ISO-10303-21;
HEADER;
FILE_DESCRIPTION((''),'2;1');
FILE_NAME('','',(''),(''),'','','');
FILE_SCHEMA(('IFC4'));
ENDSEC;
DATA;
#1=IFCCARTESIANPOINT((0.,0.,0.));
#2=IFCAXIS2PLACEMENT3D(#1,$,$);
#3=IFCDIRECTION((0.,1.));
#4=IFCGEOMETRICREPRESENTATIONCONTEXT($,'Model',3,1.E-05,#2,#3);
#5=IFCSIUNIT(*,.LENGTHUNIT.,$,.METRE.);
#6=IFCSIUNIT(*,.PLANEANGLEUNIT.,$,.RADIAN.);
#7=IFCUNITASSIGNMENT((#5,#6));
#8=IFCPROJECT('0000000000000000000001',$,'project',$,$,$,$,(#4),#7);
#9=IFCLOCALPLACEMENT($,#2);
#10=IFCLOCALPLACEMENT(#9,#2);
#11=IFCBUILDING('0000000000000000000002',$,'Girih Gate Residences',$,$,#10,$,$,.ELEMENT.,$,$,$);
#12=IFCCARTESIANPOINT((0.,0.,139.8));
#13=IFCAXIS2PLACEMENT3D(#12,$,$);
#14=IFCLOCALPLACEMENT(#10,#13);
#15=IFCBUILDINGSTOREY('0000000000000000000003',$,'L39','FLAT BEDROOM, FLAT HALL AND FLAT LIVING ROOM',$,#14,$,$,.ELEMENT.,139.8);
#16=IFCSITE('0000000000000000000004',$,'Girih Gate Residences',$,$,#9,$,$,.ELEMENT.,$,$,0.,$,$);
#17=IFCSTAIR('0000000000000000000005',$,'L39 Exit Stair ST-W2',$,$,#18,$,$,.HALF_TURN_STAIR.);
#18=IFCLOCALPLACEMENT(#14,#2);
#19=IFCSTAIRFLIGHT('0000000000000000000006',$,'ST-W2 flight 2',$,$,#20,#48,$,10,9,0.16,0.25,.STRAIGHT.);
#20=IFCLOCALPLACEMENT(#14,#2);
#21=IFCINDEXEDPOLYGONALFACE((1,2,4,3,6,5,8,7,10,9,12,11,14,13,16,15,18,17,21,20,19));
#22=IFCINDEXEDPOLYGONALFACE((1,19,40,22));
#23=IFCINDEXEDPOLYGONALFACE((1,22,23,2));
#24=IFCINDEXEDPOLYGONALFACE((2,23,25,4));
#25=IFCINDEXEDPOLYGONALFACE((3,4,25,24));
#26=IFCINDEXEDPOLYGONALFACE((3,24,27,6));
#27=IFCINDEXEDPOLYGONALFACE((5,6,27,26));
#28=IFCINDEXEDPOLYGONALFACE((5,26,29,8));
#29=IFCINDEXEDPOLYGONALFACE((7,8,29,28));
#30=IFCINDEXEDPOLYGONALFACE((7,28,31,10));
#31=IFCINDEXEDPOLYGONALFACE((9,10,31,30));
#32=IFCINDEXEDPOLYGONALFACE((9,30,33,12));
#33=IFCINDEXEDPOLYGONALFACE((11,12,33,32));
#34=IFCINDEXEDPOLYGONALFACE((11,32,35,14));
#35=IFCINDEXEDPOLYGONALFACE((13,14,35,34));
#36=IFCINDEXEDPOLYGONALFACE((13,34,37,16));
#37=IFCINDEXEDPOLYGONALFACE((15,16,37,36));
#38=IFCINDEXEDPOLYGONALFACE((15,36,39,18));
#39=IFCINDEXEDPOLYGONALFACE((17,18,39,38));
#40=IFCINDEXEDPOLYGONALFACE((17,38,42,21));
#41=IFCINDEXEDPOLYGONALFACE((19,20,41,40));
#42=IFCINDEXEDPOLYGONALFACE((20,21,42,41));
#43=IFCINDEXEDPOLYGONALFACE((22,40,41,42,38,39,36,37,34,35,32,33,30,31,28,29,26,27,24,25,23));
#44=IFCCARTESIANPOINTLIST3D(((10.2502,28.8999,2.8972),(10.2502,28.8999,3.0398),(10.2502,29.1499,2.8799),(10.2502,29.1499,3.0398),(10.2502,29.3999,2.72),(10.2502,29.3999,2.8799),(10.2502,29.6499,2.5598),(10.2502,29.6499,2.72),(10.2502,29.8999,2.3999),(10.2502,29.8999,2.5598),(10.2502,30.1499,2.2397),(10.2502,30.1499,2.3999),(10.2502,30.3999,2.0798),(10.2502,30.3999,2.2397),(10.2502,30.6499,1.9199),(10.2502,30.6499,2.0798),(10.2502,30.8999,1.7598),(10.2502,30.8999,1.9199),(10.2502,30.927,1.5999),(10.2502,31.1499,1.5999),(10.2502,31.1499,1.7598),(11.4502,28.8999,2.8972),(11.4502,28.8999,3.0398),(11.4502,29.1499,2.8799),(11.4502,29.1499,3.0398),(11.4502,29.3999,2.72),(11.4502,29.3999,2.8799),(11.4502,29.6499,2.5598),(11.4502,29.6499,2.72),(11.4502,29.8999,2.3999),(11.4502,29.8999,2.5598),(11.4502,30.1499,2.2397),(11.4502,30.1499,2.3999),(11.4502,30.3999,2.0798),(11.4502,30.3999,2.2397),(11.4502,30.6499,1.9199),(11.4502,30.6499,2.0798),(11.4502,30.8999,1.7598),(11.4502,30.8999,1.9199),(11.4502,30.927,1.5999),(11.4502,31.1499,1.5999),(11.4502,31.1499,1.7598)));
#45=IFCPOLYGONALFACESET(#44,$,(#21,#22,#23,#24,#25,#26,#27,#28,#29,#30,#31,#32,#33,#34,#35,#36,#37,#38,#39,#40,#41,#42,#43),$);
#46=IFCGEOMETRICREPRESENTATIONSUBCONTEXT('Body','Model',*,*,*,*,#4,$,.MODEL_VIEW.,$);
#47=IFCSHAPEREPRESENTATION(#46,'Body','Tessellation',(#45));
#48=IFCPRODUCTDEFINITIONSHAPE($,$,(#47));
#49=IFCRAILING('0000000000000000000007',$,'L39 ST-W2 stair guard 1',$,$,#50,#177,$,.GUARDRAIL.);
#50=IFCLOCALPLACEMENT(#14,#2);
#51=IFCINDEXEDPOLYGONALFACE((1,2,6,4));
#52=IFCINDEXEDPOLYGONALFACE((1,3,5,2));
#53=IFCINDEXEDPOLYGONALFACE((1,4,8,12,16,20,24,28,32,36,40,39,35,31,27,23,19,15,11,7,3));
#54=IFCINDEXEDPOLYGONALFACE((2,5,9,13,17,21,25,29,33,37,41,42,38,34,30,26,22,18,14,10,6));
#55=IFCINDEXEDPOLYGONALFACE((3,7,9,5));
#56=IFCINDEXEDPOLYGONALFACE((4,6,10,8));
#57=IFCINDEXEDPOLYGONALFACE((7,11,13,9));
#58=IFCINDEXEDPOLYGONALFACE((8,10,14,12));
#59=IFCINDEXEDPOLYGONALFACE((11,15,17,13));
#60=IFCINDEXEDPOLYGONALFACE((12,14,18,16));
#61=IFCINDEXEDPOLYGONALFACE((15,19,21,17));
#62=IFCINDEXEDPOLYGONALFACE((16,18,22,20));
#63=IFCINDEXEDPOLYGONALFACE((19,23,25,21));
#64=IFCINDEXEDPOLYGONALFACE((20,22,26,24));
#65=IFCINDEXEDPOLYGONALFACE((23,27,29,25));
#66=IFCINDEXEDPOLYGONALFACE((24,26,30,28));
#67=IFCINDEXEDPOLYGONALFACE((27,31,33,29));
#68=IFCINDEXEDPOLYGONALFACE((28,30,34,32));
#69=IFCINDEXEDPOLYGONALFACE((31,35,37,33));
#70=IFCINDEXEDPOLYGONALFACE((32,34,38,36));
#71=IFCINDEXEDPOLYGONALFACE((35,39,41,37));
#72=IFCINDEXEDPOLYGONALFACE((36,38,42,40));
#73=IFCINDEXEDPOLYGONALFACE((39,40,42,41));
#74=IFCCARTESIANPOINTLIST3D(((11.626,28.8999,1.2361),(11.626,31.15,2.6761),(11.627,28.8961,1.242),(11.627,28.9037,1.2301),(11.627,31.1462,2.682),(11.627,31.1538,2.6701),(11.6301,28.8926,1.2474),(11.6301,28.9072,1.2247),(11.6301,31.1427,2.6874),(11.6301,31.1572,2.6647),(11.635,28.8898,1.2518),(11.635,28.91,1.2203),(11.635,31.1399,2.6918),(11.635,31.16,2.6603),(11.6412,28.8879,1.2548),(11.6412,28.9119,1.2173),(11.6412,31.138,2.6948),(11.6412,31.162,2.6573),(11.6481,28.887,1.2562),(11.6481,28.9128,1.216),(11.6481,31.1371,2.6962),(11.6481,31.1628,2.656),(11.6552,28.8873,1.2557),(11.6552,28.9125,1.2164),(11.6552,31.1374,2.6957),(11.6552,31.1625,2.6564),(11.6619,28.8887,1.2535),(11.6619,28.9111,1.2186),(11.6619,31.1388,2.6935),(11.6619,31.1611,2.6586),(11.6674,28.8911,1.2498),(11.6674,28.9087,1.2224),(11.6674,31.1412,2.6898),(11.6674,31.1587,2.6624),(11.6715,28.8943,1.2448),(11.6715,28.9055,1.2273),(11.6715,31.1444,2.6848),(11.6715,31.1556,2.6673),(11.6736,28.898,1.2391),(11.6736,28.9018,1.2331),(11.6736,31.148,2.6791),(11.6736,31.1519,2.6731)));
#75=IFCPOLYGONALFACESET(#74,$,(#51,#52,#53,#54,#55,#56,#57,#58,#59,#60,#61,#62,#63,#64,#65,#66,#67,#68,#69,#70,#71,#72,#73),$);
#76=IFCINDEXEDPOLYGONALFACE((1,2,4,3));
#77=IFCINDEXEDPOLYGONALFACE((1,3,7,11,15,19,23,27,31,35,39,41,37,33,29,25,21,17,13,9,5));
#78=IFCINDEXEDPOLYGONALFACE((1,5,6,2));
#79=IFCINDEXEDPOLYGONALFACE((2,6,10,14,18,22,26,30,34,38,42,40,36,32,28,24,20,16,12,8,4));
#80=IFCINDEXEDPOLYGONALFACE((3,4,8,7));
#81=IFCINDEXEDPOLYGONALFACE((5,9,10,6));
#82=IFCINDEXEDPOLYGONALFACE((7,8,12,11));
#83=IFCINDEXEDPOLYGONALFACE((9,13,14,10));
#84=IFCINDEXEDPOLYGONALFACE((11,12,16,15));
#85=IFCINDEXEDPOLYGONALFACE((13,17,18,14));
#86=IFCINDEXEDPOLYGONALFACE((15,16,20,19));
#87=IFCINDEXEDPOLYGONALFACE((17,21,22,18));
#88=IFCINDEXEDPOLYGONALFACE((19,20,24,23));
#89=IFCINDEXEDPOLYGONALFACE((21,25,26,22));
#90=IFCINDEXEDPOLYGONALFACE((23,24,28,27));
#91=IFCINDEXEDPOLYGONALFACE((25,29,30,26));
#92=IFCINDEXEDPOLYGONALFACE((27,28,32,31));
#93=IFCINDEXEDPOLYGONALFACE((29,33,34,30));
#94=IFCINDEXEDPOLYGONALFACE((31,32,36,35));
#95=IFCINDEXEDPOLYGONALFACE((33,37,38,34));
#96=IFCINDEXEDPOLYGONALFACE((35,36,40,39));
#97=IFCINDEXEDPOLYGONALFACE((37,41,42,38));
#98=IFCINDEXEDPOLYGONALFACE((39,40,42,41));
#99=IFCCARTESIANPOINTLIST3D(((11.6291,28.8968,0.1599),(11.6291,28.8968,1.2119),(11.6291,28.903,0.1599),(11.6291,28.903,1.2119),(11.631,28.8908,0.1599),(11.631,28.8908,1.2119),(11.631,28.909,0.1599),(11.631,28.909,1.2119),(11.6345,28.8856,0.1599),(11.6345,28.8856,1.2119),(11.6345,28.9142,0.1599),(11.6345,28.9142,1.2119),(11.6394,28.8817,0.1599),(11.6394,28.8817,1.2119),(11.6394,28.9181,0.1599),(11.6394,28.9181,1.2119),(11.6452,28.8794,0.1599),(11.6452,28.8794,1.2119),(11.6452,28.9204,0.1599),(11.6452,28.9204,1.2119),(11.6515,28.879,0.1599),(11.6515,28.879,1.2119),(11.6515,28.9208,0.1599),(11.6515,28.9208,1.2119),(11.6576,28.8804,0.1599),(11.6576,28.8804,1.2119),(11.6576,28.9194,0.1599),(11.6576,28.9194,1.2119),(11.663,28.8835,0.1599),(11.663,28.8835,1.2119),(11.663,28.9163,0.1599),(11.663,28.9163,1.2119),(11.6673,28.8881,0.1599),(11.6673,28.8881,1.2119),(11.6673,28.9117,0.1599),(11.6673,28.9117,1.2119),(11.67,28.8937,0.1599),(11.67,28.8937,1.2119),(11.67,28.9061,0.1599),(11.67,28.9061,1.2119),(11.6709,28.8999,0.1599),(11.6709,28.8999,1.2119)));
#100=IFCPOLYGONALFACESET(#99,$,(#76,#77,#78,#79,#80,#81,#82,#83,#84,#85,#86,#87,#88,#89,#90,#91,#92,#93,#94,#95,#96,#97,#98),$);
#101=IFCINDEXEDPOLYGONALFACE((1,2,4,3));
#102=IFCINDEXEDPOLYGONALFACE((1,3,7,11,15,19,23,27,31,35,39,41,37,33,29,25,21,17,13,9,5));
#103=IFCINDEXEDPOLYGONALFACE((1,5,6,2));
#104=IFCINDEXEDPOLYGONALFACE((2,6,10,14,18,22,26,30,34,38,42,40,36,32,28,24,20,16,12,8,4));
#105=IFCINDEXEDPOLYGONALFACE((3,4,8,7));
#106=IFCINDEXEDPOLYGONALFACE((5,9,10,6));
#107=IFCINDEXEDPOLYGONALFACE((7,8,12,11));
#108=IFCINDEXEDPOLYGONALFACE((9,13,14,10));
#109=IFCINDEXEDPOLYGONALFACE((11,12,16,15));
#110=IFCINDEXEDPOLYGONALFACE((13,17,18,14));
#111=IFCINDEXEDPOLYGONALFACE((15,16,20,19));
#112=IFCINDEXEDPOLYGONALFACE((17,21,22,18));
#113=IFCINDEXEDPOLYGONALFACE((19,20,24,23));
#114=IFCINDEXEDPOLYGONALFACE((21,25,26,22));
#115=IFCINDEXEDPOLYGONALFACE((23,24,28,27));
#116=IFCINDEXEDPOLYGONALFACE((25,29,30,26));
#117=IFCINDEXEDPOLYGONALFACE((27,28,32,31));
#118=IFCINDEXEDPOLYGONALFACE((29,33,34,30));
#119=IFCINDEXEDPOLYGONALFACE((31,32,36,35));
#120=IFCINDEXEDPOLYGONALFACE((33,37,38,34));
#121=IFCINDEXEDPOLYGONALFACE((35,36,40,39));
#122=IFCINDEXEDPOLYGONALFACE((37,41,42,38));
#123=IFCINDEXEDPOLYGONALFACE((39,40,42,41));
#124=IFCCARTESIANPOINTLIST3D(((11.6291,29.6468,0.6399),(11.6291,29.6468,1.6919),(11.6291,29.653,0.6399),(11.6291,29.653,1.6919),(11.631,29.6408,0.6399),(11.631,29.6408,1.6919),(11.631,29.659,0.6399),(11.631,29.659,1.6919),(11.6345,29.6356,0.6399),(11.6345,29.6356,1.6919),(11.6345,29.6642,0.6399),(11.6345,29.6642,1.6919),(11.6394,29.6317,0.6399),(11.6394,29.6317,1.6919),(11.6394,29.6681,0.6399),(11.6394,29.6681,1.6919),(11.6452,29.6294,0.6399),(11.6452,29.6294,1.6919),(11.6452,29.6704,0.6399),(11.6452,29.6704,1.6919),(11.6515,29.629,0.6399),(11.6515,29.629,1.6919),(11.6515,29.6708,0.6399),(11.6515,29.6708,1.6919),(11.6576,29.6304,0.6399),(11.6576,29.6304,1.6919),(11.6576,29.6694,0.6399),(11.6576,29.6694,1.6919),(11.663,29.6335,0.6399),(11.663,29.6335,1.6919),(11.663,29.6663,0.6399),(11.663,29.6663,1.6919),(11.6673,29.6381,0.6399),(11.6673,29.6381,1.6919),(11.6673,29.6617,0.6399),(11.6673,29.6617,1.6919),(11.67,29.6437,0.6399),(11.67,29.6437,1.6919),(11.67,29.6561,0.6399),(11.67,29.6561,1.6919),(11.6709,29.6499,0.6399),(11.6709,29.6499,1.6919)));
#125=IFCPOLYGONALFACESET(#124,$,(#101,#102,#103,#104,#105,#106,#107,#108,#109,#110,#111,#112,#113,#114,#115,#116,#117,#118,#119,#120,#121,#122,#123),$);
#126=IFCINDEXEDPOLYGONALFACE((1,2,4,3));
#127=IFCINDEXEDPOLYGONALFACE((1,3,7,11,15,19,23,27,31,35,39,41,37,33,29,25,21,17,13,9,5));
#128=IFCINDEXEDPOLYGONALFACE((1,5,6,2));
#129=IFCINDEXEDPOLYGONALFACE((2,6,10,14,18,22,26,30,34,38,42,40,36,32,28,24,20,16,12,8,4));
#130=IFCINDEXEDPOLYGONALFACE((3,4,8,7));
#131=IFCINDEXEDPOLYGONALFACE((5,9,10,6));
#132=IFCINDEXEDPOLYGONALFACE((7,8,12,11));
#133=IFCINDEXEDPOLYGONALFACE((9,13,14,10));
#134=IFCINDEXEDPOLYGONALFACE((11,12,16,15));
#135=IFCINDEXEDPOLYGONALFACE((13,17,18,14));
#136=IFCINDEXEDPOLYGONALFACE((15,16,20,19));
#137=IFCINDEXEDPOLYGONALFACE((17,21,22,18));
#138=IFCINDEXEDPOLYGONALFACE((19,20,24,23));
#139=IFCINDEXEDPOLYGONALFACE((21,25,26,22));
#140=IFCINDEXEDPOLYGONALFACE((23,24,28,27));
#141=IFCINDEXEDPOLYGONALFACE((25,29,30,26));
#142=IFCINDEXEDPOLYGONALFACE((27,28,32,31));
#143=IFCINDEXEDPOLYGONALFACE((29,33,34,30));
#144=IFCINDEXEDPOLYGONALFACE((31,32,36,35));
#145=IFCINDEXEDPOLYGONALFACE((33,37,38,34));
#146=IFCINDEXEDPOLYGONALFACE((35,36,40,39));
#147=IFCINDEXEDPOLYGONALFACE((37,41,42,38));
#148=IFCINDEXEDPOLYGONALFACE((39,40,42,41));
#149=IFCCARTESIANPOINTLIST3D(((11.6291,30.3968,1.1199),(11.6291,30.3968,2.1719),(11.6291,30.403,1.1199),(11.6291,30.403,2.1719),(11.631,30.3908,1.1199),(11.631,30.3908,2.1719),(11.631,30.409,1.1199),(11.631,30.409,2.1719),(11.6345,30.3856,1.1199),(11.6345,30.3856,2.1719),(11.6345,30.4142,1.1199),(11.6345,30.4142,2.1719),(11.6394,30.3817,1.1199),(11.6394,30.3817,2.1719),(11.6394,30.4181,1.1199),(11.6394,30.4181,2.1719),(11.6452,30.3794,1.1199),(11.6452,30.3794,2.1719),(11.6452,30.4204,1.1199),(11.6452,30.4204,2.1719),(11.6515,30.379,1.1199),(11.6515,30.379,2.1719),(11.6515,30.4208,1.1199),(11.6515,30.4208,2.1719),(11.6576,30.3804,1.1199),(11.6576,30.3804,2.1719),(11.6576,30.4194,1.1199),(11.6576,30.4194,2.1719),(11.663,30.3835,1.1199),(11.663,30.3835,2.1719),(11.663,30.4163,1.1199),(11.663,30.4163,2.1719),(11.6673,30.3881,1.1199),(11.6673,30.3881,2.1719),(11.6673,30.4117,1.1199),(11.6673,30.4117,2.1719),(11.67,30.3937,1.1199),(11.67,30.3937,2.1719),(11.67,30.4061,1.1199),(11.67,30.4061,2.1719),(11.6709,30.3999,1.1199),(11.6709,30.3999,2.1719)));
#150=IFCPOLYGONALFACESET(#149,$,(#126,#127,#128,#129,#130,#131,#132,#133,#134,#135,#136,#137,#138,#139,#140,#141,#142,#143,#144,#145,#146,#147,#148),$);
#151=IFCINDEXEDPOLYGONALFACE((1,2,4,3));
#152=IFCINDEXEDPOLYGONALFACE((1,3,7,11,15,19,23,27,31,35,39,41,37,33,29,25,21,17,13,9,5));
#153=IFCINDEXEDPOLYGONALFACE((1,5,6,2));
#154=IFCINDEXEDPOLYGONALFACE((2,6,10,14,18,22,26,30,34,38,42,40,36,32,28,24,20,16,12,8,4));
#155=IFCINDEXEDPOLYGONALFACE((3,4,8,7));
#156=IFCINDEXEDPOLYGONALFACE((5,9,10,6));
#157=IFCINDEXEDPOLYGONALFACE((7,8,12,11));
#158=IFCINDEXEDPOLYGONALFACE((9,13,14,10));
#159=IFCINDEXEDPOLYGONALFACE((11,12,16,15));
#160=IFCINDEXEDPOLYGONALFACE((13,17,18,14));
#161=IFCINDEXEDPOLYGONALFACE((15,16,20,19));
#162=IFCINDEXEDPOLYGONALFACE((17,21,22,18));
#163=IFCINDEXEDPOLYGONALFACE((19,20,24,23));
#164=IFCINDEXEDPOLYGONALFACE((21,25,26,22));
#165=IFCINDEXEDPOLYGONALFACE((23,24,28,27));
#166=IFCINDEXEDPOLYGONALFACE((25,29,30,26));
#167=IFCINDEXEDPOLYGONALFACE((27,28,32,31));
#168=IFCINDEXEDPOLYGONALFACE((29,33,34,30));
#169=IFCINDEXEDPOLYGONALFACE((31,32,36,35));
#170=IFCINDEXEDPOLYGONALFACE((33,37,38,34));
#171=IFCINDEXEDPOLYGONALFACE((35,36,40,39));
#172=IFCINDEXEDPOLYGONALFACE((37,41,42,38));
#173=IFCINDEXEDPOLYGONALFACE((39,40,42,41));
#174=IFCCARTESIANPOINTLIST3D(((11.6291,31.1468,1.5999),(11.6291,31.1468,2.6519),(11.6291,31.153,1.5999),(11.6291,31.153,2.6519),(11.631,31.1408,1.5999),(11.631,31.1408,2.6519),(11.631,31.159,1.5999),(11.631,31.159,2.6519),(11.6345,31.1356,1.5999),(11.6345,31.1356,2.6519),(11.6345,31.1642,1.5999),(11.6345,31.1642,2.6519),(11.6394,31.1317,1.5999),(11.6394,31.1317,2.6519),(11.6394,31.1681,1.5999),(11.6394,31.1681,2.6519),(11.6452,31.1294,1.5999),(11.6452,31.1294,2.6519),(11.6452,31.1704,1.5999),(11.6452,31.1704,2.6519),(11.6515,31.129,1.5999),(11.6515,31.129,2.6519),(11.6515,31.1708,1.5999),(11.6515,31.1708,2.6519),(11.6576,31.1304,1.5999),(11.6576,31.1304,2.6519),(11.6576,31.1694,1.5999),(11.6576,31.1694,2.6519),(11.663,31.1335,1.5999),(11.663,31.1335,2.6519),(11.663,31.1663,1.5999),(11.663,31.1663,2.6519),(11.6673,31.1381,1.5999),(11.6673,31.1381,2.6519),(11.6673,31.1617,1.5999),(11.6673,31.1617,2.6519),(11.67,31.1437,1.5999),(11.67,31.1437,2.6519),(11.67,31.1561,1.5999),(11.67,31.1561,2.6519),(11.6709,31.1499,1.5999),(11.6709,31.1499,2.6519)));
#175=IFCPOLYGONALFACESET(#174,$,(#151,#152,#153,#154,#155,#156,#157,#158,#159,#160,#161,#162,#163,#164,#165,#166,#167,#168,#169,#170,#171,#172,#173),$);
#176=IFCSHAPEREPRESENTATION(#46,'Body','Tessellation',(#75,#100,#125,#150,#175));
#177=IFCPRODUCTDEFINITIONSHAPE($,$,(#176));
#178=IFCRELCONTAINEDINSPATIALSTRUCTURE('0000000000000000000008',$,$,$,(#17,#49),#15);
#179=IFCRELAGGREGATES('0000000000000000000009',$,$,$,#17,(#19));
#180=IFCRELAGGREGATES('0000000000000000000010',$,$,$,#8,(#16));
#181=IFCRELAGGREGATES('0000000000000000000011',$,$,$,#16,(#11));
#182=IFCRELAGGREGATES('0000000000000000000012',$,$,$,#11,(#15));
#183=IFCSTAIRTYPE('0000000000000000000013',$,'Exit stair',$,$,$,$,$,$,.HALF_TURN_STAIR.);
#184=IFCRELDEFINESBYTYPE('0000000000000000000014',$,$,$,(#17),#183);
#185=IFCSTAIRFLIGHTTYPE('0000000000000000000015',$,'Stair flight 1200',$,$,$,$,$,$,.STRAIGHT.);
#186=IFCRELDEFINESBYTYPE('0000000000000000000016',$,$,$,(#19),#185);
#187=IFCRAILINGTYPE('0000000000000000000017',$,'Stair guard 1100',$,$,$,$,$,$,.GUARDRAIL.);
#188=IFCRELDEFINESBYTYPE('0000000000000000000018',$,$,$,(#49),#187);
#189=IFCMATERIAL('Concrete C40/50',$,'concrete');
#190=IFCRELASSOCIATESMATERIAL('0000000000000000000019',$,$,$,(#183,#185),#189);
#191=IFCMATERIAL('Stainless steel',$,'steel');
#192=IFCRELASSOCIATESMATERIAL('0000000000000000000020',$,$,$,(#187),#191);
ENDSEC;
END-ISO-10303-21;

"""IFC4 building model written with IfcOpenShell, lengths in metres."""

from ifc_helpers import new_model, si_unit, direction, frame, origin, origin_2d, place, context, subcontext, project, spatial, polyline, circle, outline, extrude, material, type_object, element, aggregate, save


model = new_model("IFC4")

# Units and contexts
model_context = context("Model", 3, precision=1e-05, world=origin(), true_north=direction((0.0, 1.0)))
body_context = subcontext(model_context, "Body", "Model", "MODEL_VIEW")
ifc_project = project(units=[si_unit("LENGTHUNIT", "METRE"), si_unit("PLANEANGLEUNIT", "RADIAN")], contexts=[model_context])

# Site, building, storey
site_placement = place(None, origin())
site = spatial("IfcSite", under=ifc_project, at=site_placement, Name="Girih Gate Residences", CompositionType="ELEMENT", RefElevation=0.0)
building_placement = place(site_placement, origin())
building = spatial("IfcBuilding", under=site, at=building_placement, Name="Girih Gate Residences", CompositionType="ELEMENT")
storey_placement = place(building_placement, frame((0.0, 0.0, 139.8)))
storey = spatial("IfcBuildingStorey", under=building, at=storey_placement, Name="L39", Description="FLAT BEDROOM, FLAT HALL AND FLAT LIVING ROOM", CompositionType="ELEMENT", Elevation=139.8)

# Shared definitions
ifc_material_1 = material(Name="Concrete C40/50", Category="concrete")

# Stair, stair flight
stair_type = type_object("IfcStairType", Name="Exit stair", PredefinedType="HALF_TURN_STAIR", material=ifc_material_1)
stair_placement = place(storey_placement, origin())
stair = element("IfcStair", 1, at=stair_placement, inside=storey, type_object=stair_type, Name="L39 Exit Stair ST-W2", PredefinedType="HALF_TURN_STAIR")
stair_flight_type = type_object("IfcStairFlightType", Name="Stair flight 1200", PredefinedType="STRAIGHT", material=ifc_material_1)
stair_flight_1_placement = place(storey_placement, frame((10.8501, 31.1499, 1.5999), z_axis=(0.0, 0.0, 1.0), x_axis=(0.0, -1.0, 0.0)))
stair_flight_1 = element("IfcStairFlight", 2, at=stair_flight_1_placement, type_object=stair_flight_type, Name="ST-W2 flight 2", NumberOfRisers=10, NumberOfTreads=9, PredefinedType="STRAIGHT", RiserHeight=0.16, TreadLength=0.25, context=body_context, shape_type="SweptSolid", body=[
    extrude(outline(polyline([(0.0, 0.0), (0.0, 0.1599), (0.25, 0.1599), (0.25, 0.3201), (0.5, 0.3201), (0.5, 0.48), (0.75, 0.48), (0.75, 0.6399), (1.0, 0.6399), (1.0, 0.8), (1.25, 0.8), (1.25, 0.96), (1.5, 0.96), (1.5, 1.1201), (1.75, 1.1201), (1.75, 1.28), (2.0, 1.28), (2.0, 1.4399), (2.25, 1.4399), (2.25, 1.6001), (2.25, 1.2974), (0.2229, 0.0), (0.0, 0.0)])), frame((0.0, 0.6001, 0.0), z_axis=(0.0, -1.0, 0.0), x_axis=(1.0, 0.0, 0.0)), (0.0, 0.0, 1.0), 1.2),
])
aggregate(stair, [stair_flight_1])

# Railing
ifc_material_2 = material(Name="Stainless steel", Category="steel")
railing_type_1 = type_object("IfcRailingType", Name="Stair guard 1100", PredefinedType="GUARDRAIL", material=ifc_material_2)
railing_1_placement = place(storey_placement, frame((11.6499, 28.8999, 0.1599)))
element("IfcRailing", 3, at=railing_1_placement, inside=storey, type_object=railing_type_1, Name="L39 ST-W2 stair guard 1", PredefinedType="GUARDRAIL", context=body_context, shape_type="SweptSolid", body=[
    extrude(circle(Radius=0.0239, at=origin_2d()), frame((0.0, 0.0, 1.0762), z_axis=(0.0, 0.842281, 0.539038), x_axis=(-1.0, 0.0, 0.0)), (0.0, 0.0, 1.0), 2.6714),
    extrude(circle(Radius=0.021, at=origin_2d()), origin(), (0.0, 0.0, 1.0), 1.052),
    extrude(circle(Radius=0.021, at=origin_2d()), frame((0.0, 0.75, 0.48)), (0.0, 0.0, 1.0), 1.052),
    extrude(circle(Radius=0.021, at=origin_2d()), frame((0.0, 1.5, 0.96)), (0.0, 0.0, 1.0), 1.052),
    extrude(circle(Radius=0.021, at=origin_2d()), frame((0.0, 2.25, 1.4399)), (0.0, 0.0, 1.0), 1.052),
])

save(model, "model.ifc")
